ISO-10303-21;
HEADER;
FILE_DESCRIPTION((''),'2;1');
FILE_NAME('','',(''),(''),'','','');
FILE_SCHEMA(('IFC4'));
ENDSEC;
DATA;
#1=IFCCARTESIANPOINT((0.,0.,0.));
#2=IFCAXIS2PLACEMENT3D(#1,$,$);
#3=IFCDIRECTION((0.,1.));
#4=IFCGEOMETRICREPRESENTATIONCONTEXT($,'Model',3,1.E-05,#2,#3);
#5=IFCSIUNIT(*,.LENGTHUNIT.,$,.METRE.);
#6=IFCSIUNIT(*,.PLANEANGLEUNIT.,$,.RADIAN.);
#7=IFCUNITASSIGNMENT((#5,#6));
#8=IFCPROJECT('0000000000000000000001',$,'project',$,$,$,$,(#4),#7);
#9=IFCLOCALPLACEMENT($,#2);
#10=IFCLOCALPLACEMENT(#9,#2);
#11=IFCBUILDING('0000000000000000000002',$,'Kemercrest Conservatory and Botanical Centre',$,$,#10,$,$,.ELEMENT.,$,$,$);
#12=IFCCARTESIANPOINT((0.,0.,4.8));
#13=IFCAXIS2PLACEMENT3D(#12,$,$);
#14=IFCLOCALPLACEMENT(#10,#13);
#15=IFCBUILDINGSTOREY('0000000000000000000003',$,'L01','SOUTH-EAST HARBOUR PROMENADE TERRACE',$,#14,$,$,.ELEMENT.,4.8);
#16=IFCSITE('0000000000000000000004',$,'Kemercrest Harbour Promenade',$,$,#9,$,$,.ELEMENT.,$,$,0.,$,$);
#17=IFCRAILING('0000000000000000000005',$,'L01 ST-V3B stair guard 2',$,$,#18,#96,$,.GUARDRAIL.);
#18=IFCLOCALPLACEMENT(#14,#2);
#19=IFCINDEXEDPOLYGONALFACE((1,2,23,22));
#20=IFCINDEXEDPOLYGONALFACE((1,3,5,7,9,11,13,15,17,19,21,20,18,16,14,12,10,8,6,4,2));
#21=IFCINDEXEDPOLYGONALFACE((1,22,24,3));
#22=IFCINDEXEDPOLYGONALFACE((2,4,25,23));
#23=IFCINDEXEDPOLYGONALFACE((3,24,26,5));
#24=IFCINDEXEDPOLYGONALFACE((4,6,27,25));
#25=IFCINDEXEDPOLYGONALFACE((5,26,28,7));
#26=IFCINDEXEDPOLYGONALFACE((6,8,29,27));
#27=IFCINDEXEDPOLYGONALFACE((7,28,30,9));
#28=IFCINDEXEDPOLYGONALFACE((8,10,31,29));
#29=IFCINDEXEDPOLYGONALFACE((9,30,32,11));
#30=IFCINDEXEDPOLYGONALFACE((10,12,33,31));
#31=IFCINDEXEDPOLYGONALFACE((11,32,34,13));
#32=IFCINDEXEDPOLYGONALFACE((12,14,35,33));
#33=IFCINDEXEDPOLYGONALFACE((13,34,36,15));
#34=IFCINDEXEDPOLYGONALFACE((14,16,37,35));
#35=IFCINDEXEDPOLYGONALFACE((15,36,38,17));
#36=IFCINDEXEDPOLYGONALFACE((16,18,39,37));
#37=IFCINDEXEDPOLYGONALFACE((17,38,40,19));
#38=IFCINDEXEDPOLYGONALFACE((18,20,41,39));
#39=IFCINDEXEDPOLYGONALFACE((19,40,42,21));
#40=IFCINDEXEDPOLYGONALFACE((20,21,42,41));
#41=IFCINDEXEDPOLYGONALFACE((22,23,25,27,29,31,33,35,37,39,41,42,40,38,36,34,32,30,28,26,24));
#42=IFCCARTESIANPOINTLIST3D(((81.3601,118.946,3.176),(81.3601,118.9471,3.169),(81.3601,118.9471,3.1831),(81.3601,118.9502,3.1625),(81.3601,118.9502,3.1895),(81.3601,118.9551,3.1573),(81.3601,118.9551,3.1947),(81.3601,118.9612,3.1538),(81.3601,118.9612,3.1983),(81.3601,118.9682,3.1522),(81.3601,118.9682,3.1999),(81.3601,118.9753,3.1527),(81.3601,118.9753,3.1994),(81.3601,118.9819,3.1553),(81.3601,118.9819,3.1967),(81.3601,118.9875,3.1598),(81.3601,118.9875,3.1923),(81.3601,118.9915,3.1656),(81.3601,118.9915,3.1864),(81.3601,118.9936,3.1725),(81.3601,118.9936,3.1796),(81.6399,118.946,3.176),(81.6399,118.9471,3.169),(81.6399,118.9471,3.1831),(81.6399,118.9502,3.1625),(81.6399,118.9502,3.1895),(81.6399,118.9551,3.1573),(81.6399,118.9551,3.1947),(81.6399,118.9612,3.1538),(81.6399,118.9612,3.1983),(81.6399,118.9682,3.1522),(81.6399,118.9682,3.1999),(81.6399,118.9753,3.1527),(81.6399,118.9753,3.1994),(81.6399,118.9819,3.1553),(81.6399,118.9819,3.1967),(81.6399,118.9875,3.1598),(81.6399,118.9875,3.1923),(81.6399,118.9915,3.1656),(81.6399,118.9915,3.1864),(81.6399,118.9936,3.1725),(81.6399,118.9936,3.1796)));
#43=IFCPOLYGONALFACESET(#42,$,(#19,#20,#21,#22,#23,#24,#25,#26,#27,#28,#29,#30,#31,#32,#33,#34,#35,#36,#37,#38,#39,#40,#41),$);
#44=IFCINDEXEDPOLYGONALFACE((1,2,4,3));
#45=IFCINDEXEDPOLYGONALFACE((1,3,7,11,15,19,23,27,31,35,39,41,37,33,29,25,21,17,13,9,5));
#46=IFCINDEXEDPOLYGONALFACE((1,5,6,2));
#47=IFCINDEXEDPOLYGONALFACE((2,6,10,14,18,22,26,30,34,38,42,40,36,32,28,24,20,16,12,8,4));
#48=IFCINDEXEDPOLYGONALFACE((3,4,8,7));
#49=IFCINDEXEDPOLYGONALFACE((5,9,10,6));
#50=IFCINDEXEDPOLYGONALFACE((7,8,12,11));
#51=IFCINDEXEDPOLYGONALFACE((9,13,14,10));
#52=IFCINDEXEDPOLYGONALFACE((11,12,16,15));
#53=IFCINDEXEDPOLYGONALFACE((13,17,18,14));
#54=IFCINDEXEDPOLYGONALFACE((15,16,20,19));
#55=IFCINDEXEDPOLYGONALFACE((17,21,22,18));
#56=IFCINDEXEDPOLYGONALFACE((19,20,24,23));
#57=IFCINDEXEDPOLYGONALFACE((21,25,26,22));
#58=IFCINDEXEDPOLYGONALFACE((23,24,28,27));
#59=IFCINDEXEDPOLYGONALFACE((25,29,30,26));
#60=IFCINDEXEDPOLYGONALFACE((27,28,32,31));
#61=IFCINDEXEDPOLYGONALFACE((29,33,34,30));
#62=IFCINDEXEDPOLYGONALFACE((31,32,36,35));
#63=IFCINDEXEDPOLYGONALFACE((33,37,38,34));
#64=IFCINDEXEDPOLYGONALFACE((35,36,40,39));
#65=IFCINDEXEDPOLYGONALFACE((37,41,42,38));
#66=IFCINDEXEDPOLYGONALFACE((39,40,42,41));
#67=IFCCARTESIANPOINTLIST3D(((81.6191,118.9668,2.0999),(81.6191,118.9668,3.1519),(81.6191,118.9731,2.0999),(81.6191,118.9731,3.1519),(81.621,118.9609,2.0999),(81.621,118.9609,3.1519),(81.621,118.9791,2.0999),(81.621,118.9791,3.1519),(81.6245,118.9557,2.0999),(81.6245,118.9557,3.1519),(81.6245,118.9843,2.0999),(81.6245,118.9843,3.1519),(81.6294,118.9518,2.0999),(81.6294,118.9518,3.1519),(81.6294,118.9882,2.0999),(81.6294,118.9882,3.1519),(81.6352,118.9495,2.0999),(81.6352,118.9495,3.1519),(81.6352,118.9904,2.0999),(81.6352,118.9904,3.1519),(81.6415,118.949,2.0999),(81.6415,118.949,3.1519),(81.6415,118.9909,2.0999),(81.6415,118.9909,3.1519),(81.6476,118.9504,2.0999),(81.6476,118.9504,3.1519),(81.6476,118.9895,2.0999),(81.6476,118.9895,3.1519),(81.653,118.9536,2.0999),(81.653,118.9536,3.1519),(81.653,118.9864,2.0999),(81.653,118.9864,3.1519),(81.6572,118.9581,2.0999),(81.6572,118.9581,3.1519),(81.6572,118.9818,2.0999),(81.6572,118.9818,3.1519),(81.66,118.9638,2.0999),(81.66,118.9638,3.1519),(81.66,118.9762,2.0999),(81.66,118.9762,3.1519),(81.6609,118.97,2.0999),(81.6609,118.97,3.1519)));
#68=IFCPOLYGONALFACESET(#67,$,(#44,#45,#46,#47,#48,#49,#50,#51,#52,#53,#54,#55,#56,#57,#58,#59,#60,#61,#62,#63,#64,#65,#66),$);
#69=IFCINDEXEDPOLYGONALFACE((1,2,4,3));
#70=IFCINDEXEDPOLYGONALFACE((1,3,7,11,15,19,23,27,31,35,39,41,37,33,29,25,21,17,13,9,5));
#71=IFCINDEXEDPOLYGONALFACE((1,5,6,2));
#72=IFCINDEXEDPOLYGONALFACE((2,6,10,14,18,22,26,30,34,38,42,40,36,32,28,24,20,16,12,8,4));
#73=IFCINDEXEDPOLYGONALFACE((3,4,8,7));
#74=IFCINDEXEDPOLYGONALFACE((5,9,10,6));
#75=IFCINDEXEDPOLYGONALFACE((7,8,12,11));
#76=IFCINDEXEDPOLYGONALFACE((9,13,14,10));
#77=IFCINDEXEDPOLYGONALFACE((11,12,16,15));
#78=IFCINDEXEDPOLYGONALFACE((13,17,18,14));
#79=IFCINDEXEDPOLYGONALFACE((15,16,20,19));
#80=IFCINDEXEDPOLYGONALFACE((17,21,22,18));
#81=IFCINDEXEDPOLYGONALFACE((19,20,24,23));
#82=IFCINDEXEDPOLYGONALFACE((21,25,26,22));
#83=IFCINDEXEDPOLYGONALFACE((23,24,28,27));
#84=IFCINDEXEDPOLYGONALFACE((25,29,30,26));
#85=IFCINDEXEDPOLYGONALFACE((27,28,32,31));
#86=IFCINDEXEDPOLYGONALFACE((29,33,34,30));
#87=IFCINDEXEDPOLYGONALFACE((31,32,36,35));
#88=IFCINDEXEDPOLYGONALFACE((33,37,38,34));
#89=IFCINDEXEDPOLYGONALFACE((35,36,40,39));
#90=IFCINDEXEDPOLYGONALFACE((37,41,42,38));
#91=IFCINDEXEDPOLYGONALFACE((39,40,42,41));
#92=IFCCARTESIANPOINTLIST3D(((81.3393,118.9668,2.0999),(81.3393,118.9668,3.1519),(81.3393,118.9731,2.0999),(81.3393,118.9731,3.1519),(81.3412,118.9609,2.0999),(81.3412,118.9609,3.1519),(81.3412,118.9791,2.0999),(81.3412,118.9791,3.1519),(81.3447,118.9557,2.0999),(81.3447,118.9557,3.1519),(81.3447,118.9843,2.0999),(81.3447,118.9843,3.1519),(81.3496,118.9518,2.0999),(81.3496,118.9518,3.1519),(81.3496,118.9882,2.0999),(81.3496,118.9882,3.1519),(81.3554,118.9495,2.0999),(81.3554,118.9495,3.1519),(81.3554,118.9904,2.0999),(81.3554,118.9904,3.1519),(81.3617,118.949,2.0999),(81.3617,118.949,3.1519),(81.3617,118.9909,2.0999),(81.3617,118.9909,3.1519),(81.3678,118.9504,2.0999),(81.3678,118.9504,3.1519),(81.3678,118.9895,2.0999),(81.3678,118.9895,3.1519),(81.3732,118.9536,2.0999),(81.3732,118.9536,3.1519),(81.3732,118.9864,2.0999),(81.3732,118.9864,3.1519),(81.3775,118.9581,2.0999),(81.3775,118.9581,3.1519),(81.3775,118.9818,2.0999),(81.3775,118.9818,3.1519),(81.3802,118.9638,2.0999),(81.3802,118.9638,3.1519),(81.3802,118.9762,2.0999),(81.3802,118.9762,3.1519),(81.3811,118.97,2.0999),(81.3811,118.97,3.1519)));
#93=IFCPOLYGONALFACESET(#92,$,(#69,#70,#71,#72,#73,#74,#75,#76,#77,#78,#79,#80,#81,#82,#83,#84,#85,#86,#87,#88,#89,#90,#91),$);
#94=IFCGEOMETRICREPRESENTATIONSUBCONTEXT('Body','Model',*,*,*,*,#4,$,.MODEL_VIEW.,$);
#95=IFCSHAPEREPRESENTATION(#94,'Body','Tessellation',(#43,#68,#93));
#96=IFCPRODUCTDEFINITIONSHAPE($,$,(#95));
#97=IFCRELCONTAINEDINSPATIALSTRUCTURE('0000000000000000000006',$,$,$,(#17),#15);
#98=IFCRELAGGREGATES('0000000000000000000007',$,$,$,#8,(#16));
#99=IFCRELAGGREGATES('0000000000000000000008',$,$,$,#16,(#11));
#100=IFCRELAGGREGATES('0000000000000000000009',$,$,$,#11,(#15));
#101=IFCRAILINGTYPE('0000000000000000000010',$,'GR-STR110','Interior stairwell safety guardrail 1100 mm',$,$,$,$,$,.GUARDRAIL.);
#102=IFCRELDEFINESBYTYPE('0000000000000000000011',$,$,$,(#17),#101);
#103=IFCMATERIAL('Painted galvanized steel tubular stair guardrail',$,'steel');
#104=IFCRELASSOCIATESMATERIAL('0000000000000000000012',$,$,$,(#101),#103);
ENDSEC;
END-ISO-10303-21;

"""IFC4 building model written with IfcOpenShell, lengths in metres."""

from ifc_helpers import new_model, si_unit, direction, frame, origin, origin_2d, place, context, subcontext, project, spatial, circle, extrude, material, type_object, element, save


model = new_model("IFC4")

# Units and contexts
model_context = context("Model", 3, precision=1e-05, world=origin(), true_north=direction((0.0, 1.0)))
body_context = subcontext(model_context, "Body", "Model", "MODEL_VIEW")
ifc_project = project(units=[si_unit("LENGTHUNIT", "METRE"), si_unit("PLANEANGLEUNIT", "RADIAN")], contexts=[model_context])

# Site, building, storey
site_placement = place(None, origin())
site = spatial("IfcSite", under=ifc_project, at=site_placement, Name="Kemercrest Harbour Promenade", CompositionType="ELEMENT", RefElevation=0.0)
building_placement = place(site_placement, origin())
building = spatial("IfcBuilding", under=site, at=building_placement, Name="Kemercrest Conservatory and Botanical Centre", CompositionType="ELEMENT")
storey_placement = place(building_placement, frame((0.0, 0.0, 4.8)))
storey = spatial("IfcBuildingStorey", under=building, at=storey_placement, Name="L01", Description="SOUTH-EAST HARBOUR PROMENADE TERRACE", CompositionType="ELEMENT", Elevation=4.8)

# Railing
ifc_material_1 = material(Name="Painted galvanized steel tubular stair guardrail", Category="steel")
railing_type_1 = type_object("IfcRailingType", Name="GR-STR110", Description="Interior stairwell safety guardrail 1100 mm", PredefinedType="GUARDRAIL", material=ifc_material_1)
railing_1_placement = place(storey_placement, frame((81.6399, 118.97, 2.0999)))
element("IfcRailing", 1, at=railing_1_placement, inside=storey, type_object=railing_type_1, Name="L01 ST-V3B stair guard 2", PredefinedType="GUARDRAIL", context=body_context, shape_type="SweptSolid", body=[
    extrude(circle(Radius=0.0239, at=origin_2d()), frame((0.0, 0.0, 1.0762), z_axis=(-1.0, 0.0, 0.0), x_axis=(0.0, -1.0, 0.0)), (0.0, 0.0, 1.0), 0.2798),
    extrude(circle(Radius=0.021, at=origin_2d()), origin(), (0.0, 0.0, 1.0), 1.052),
    extrude(circle(Radius=0.021, at=origin_2d()), frame((-0.2798, 0.0, 0.0)), (0.0, 0.0, 1.0), 1.052),
])

save(model, "model.ifc")
